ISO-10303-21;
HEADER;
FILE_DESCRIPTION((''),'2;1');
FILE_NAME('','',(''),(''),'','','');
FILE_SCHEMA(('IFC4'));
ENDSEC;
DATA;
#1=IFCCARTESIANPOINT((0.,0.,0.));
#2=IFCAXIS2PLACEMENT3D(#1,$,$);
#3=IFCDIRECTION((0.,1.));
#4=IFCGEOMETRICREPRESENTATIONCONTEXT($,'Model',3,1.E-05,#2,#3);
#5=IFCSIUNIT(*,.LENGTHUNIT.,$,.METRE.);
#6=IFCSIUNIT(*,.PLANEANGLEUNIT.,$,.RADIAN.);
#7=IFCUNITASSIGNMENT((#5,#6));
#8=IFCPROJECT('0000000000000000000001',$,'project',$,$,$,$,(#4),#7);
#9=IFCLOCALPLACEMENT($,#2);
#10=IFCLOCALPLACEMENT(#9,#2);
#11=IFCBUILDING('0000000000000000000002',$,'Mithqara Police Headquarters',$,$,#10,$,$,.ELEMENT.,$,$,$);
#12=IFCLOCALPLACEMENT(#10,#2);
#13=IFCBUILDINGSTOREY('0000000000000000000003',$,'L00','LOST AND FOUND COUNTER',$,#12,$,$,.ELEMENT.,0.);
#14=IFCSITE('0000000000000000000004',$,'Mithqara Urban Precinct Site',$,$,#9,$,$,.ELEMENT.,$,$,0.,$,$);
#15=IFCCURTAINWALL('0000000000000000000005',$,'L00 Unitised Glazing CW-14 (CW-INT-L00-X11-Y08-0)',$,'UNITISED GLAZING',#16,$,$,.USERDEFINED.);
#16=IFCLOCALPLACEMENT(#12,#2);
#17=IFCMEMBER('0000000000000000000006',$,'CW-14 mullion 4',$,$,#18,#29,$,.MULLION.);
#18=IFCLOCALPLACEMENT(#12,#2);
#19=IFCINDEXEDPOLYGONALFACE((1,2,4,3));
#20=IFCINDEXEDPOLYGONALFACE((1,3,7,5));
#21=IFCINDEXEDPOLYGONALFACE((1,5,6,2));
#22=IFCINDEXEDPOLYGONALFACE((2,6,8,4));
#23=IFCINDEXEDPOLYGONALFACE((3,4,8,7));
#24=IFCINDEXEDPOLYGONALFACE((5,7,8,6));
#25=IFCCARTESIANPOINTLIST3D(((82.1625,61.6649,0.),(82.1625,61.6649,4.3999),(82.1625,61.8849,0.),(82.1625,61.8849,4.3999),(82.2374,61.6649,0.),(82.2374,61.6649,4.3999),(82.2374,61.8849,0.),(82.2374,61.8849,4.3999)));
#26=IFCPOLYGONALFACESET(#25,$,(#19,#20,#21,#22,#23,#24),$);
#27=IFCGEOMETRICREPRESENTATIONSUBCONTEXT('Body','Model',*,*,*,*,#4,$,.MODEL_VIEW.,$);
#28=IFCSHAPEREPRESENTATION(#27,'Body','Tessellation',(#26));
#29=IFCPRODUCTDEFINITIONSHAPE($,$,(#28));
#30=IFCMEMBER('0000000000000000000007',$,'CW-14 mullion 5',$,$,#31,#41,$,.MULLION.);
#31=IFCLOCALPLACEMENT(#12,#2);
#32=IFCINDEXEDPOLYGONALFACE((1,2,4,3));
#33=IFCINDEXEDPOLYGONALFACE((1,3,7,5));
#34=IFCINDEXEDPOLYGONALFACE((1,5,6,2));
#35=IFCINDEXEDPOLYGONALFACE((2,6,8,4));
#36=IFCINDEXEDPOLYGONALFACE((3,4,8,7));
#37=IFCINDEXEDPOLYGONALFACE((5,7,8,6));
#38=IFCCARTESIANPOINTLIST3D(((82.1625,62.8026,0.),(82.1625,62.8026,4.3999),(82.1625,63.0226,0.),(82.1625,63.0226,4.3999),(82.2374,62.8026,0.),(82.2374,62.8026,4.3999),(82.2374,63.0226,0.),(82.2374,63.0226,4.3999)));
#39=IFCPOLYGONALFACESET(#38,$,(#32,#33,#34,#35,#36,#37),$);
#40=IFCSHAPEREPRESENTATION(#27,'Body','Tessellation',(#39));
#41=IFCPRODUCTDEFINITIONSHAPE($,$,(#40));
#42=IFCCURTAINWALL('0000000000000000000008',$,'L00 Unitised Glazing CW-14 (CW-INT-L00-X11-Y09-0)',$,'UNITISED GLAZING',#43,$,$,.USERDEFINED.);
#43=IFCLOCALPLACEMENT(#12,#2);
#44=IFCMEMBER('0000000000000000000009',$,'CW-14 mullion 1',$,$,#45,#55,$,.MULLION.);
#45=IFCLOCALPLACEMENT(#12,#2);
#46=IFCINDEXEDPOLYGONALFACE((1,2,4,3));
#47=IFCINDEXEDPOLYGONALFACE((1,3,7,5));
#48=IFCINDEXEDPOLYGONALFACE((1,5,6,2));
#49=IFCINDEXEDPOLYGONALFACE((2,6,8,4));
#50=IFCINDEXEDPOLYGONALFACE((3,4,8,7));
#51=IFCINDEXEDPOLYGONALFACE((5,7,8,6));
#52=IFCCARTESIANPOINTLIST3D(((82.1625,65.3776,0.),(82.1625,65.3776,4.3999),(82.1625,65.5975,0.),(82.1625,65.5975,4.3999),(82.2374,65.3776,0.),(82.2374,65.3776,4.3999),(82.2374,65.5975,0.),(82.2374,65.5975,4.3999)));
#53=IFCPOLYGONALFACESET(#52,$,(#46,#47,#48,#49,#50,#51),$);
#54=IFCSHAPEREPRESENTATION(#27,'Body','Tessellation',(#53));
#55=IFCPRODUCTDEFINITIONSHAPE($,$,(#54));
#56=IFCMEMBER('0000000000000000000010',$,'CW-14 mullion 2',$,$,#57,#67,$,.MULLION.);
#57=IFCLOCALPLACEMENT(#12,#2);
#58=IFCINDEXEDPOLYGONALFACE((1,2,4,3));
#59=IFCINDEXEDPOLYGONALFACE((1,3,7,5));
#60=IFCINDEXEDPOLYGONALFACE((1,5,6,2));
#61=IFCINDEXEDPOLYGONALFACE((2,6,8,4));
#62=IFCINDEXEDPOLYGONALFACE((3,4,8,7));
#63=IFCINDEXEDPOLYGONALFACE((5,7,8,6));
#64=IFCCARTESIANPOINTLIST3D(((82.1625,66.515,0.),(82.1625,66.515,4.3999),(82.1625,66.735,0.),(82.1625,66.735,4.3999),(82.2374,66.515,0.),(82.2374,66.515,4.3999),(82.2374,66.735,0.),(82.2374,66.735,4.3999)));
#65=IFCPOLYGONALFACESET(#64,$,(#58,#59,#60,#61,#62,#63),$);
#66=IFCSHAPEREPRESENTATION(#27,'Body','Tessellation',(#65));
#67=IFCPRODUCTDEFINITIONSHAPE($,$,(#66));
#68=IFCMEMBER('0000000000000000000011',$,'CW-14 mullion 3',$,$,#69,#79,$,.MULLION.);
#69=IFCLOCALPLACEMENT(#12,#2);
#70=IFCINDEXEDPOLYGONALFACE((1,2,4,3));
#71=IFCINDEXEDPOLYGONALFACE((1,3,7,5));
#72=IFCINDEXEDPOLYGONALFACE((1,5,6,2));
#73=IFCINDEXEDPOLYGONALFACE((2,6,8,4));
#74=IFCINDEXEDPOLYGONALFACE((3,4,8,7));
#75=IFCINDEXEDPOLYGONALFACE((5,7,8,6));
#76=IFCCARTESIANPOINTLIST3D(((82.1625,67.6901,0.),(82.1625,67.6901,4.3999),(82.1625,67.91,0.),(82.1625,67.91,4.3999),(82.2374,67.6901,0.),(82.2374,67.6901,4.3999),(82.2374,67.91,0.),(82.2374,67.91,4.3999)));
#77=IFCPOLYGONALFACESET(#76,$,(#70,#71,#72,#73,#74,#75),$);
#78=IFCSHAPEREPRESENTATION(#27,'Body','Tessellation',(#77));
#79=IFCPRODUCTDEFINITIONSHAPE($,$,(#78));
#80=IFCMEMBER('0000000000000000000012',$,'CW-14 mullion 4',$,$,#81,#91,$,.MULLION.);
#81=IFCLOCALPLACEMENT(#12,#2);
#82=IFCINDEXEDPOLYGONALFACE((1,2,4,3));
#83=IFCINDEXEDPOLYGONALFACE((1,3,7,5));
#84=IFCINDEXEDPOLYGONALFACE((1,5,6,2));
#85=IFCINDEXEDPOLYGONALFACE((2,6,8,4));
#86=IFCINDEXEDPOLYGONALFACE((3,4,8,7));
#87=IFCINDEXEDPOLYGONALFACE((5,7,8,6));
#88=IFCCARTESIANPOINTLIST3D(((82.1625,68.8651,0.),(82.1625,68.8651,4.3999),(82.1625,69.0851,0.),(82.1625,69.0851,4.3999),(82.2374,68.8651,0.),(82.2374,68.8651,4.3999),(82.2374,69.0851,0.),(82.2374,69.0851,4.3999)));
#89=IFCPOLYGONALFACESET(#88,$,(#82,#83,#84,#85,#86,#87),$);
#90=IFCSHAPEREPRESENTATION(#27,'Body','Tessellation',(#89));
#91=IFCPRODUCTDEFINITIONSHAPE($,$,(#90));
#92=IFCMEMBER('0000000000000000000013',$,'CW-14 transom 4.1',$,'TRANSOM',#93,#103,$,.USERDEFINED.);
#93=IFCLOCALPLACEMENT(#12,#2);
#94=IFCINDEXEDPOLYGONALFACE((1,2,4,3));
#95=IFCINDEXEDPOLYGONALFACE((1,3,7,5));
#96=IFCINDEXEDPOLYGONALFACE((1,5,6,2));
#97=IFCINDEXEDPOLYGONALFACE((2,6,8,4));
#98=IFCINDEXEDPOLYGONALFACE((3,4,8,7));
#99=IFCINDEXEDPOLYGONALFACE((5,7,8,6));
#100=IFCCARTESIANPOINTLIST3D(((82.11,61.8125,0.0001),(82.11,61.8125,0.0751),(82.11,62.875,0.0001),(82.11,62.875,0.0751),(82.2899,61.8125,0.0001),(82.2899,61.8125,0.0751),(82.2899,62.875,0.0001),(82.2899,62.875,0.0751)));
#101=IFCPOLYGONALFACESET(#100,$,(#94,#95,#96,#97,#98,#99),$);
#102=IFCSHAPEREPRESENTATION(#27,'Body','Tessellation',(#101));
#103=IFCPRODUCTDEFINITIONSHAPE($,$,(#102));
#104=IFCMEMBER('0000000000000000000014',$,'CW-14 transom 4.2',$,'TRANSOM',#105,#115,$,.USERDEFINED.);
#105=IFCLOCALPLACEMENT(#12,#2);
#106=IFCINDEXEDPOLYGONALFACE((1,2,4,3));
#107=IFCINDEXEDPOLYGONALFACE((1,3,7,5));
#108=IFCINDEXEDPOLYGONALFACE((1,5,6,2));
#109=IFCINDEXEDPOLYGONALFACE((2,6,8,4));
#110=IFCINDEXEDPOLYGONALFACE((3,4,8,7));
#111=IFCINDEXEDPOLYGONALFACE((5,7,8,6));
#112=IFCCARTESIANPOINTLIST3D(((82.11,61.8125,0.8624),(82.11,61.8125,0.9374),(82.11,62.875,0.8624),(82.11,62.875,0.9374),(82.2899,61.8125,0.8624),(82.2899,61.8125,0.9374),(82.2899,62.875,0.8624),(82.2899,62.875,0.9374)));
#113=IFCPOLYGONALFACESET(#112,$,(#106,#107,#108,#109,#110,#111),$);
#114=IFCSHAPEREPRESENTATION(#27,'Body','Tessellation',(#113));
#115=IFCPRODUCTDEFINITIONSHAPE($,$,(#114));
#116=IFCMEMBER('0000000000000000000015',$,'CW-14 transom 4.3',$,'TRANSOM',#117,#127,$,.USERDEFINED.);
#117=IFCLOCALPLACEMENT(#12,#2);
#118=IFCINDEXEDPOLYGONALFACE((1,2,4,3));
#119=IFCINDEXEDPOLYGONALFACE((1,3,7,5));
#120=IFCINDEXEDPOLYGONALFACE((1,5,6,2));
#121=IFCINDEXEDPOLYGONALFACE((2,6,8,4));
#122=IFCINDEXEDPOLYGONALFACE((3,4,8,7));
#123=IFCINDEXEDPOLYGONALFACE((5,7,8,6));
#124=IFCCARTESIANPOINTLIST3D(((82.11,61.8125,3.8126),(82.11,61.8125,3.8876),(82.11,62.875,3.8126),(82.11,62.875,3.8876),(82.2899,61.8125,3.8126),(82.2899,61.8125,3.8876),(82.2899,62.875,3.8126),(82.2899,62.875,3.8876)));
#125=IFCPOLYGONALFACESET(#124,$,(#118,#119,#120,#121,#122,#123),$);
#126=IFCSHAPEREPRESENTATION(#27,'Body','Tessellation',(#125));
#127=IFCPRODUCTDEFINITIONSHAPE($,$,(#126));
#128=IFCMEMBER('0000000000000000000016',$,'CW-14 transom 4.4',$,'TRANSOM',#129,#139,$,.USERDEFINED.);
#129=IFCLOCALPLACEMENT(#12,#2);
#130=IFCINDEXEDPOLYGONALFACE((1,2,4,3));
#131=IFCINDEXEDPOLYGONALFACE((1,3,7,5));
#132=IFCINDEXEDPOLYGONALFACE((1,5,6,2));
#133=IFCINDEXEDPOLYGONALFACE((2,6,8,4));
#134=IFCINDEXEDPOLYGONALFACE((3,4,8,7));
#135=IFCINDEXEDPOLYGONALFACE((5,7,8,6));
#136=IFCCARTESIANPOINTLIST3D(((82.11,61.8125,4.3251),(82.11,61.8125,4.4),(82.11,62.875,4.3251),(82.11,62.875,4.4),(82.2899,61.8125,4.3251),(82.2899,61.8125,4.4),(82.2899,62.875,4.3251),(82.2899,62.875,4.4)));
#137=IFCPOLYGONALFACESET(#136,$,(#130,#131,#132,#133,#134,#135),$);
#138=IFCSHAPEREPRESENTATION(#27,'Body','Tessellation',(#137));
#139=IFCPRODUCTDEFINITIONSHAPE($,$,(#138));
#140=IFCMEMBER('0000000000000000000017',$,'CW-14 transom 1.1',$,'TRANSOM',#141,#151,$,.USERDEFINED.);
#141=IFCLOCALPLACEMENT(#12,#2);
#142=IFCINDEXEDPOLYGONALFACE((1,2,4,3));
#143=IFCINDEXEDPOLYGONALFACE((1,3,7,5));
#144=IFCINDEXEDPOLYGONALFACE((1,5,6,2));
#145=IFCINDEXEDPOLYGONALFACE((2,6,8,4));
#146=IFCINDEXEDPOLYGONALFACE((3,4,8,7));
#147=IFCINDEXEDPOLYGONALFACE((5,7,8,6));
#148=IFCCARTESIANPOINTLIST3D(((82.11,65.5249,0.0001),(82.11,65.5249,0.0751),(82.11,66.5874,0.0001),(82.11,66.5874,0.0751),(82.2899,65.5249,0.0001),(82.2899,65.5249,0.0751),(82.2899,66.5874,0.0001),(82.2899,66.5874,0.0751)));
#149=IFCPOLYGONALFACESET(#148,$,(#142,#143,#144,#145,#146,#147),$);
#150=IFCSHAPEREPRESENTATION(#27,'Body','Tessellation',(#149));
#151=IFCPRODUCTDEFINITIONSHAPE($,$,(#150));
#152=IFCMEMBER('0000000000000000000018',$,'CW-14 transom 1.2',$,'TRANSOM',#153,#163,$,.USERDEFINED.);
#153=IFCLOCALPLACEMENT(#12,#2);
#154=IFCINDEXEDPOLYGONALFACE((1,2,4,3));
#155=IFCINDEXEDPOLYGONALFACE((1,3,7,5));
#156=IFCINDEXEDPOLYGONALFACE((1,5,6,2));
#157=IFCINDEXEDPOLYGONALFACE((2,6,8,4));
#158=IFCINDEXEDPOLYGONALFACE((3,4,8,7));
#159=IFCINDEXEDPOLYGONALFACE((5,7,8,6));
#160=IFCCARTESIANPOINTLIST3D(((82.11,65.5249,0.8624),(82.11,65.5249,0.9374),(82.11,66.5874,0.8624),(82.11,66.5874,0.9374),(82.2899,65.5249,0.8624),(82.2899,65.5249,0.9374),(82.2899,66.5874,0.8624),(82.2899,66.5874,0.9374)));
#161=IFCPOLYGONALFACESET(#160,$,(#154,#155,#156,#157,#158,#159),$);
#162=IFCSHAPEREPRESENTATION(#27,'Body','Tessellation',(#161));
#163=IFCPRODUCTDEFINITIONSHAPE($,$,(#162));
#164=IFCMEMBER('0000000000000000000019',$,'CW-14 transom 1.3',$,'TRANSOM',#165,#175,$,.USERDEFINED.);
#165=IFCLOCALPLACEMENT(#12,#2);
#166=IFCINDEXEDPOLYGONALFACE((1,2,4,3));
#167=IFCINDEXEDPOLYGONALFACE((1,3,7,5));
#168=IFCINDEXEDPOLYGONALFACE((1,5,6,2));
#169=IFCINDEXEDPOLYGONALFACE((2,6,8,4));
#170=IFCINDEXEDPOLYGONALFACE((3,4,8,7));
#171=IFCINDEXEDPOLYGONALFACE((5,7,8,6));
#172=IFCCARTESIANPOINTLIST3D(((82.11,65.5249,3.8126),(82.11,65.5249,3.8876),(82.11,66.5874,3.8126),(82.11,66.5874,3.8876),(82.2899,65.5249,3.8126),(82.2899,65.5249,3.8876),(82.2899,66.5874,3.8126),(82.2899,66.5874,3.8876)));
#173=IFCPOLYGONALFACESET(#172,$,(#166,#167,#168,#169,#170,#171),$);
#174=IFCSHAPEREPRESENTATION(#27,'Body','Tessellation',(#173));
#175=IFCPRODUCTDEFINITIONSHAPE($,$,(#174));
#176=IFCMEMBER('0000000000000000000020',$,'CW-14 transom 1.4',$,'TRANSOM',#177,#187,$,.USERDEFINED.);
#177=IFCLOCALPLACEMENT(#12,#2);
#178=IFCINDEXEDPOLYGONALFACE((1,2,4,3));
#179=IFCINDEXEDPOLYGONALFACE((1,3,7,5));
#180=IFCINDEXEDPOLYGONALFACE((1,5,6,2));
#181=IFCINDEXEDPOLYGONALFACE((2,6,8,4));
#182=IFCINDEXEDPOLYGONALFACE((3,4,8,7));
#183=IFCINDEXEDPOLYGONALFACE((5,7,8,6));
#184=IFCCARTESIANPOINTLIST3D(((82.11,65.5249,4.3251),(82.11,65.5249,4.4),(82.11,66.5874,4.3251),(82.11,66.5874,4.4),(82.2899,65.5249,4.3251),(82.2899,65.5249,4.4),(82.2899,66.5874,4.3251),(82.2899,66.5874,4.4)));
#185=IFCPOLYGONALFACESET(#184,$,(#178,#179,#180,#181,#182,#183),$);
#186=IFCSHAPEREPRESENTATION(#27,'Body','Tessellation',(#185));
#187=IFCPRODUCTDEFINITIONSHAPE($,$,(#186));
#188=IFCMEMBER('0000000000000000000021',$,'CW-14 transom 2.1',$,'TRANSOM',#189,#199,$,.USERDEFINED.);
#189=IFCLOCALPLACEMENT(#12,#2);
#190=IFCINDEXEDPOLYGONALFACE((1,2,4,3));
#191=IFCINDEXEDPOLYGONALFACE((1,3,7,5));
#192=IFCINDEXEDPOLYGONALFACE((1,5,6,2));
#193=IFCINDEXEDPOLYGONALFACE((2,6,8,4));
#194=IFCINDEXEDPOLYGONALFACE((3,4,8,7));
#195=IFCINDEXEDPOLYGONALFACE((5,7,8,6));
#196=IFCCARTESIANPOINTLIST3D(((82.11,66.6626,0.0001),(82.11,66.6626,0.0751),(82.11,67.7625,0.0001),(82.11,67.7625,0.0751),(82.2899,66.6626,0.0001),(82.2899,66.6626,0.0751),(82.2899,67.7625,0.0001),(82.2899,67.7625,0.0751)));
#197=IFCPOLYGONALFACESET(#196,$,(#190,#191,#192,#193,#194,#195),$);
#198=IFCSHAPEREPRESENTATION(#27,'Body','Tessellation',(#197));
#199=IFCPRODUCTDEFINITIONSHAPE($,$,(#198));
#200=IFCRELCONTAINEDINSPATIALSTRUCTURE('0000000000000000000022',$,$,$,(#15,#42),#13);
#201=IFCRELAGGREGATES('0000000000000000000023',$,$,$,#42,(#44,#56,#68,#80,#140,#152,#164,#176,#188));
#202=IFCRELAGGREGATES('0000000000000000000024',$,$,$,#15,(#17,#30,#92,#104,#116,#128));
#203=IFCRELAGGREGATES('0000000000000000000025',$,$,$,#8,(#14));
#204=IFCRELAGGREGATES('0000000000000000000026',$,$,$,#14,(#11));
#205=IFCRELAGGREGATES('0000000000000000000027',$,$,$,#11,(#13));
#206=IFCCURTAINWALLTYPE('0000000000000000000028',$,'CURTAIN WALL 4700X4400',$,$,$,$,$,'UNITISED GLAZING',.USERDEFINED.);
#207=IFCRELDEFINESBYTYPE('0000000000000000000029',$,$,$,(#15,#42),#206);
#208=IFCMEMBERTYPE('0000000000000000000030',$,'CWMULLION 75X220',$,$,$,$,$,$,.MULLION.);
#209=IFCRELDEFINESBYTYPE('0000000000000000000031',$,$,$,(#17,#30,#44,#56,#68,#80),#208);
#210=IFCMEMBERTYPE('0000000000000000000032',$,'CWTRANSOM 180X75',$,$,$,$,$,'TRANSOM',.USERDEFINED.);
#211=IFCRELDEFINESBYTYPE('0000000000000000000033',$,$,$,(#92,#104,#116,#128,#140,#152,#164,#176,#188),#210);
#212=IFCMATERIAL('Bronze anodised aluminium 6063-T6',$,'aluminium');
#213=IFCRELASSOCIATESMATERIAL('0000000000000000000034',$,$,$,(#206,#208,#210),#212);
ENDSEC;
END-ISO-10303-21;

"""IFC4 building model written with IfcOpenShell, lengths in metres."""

from ifc_helpers import new_model, si_unit, direction, frame, origin, origin_2d, place, context, subcontext, project, spatial, rectangle, extrude, material, material_profile, profile_set, type_object, element, aggregate, save


model = new_model("IFC4")

# Units and contexts
model_context = context("Model", 3, precision=1e-05, world=origin(), true_north=direction((0.0, 1.0)))
body_context = subcontext(model_context, "Body", "Model", "MODEL_VIEW")
ifc_project = project(units=[si_unit("LENGTHUNIT", "METRE"), si_unit("PLANEANGLEUNIT", "RADIAN")], contexts=[model_context])

# Site, building, storey
site_placement = place(None, origin())
site = spatial("IfcSite", under=ifc_project, at=site_placement, Name="Mithqara Urban Precinct Site", CompositionType="ELEMENT", RefElevation=0.0)
building_placement = place(site_placement, origin())
building = spatial("IfcBuilding", under=site, at=building_placement, Name="Mithqara Police Headquarters", CompositionType="ELEMENT")
storey_placement = place(building_placement, origin())
storey = spatial("IfcBuildingStorey", under=building, at=storey_placement, Name="L00", Description="LOST AND FOUND COUNTER", CompositionType="ELEMENT", Elevation=0.0)

# Curtain walls, members
ifc_material_1 = material(Name="Bronze anodised aluminium 6063-T6", Category="aluminium")
curtain_wall_type = type_object("IfcCurtainWallType", Name="CURTAIN WALL 4700X4400", ElementType="UNITISED GLAZING", PredefinedType="USERDEFINED", material=ifc_material_1)
curtain_wall_1_placement = place(storey_placement, origin())
curtain_wall_1 = element("IfcCurtainWall", 1, at=curtain_wall_1_placement, inside=storey, type_object=curtain_wall_type, Name="L00 Unitised Glazing CW-14 (CW-INT-L00-X11-Y08-0)", ObjectType="UNITISED GLAZING", PredefinedType="USERDEFINED")
ifc_material_profile_1 = material_profile(ifc_material_1, rectangle(XDim=0.075, YDim=0.22, at=origin_2d()), Name="CWM 75x220")
ifc_profile_set_1 = profile_set([ifc_material_profile_1], Name="Bronze anodised aluminium 6063-T6")
member_type_1 = type_object("IfcMemberType", Name="CWMULLION 75X220", PredefinedType="MULLION", material=ifc_profile_set_1)
member_1_placement = place(storey_placement, frame((82.2, 61.7749, 0.0), z_axis=(0.0, 0.0, 1.0), x_axis=(-1.0, 0.0, 0.0)))
member_1 = element("IfcMember", 2, at=member_1_placement, type_object=member_type_1, Name="CW-14 mullion 4", PredefinedType="MULLION", context=body_context, shape_type="SweptSolid", body=[
    extrude(rectangle(XDim=0.075, YDim=0.22, at=origin_2d()), origin(), (0.0, 0.0, 1.0), 4.3999),
])
member_2_placement = place(storey_placement, frame((82.2, 62.9126, 0.0), z_axis=(0.0, 0.0, 1.0), x_axis=(-1.0, 0.0, 0.0)))
member_2 = element("IfcMember", 3, at=member_2_placement, type_object=member_type_1, Name="CW-14 mullion 5", PredefinedType="MULLION", context=body_context, shape_type="SweptSolid", body=[
    extrude(rectangle(XDim=0.075, YDim=0.22, at=origin_2d()), origin(), (0.0, 0.0, 1.0), 4.3999),
])
curtain_wall_2_placement = place(storey_placement, origin())
curtain_wall_2 = element("IfcCurtainWall", 4, at=curtain_wall_2_placement, inside=storey, type_object=curtain_wall_type, Name="L00 Unitised Glazing CW-14 (CW-INT-L00-X11-Y09-0)", ObjectType="UNITISED GLAZING", PredefinedType="USERDEFINED")
member_3_placement = place(storey_placement, frame((82.2, 65.4875, 0.0), z_axis=(0.0, 0.0, 1.0), x_axis=(-1.0, 0.0, 0.0)))
member_3 = element("IfcMember", 5, at=member_3_placement, type_object=member_type_1, Name="CW-14 mullion 1", PredefinedType="MULLION", context=body_context, shape_type="SweptSolid", body=[
    extrude(rectangle(XDim=0.075, YDim=0.22, at=origin_2d()), origin(), (0.0, 0.0, 1.0), 4.3999),
])
member_4_placement = place(storey_placement, frame((82.2, 66.625, 0.0), z_axis=(0.0, 0.0, 1.0), x_axis=(-1.0, 0.0, 0.0)))
member_4 = element("IfcMember", 6, at=member_4_placement, type_object=member_type_1, Name="CW-14 mullion 2", PredefinedType="MULLION", context=body_context, shape_type="SweptSolid", body=[
    extrude(rectangle(XDim=0.075, YDim=0.22, at=origin_2d()), origin(), (0.0, 0.0, 1.0), 4.3999),
])
member_5_placement = place(storey_placement, frame((82.2, 67.8, 0.0), z_axis=(0.0, 0.0, 1.0), x_axis=(-1.0, 0.0, 0.0)))
member_5 = element("IfcMember", 7, at=member_5_placement, type_object=member_type_1, Name="CW-14 mullion 3", PredefinedType="MULLION", context=body_context, shape_type="SweptSolid", body=[
    extrude(rectangle(XDim=0.075, YDim=0.22, at=origin_2d()), origin(), (0.0, 0.0, 1.0), 4.3999),
])
member_6_placement = place(storey_placement, frame((82.2, 68.9751, 0.0), z_axis=(0.0, 0.0, 1.0), x_axis=(-1.0, 0.0, 0.0)))
member_6 = element("IfcMember", 8, at=member_6_placement, type_object=member_type_1, Name="CW-14 mullion 4", PredefinedType="MULLION", context=body_context, shape_type="SweptSolid", body=[
    extrude(rectangle(XDim=0.075, YDim=0.22, at=origin_2d()), origin(), (0.0, 0.0, 1.0), 4.3999),
])

# Members
ifc_material_profile_2 = material_profile(ifc_material_1, rectangle(XDim=0.1799, YDim=0.075, at=origin_2d()), Name="CWT 180x75")
ifc_profile_set_2 = profile_set([ifc_material_profile_2], Name="Bronze anodised aluminium 6063-T6")
member_type_2 = type_object("IfcMemberType", Name="CWTRANSOM 180X75", ElementType="TRANSOM", PredefinedType="USERDEFINED", material=ifc_profile_set_2)
member_7_placement = place(storey_placement, frame((82.2, 61.8125, 0.0376), z_axis=(0.0, 1.0, 0.0), x_axis=(-1.0, 0.0, 0.0)))
member_7 = element("IfcMember", 9, at=member_7_placement, type_object=member_type_2, Name="CW-14 transom 4.1", ObjectType="TRANSOM", PredefinedType="USERDEFINED", context=body_context, shape_type="SweptSolid", body=[
    extrude(rectangle(XDim=0.1799, YDim=0.075, at=origin_2d()), origin(), (0.0, 0.0, 1.0), 1.0625),
])
member_8_placement = place(storey_placement, frame((82.2, 61.8125, 0.8999), z_axis=(0.0, 1.0, 0.0), x_axis=(-1.0, 0.0, 0.0)))
member_8 = element("IfcMember", 10, at=member_8_placement, type_object=member_type_2, Name="CW-14 transom 4.2", ObjectType="TRANSOM", PredefinedType="USERDEFINED", context=body_context, shape_type="SweptSolid", body=[
    extrude(rectangle(XDim=0.1799, YDim=0.075, at=origin_2d()), origin(), (0.0, 0.0, 1.0), 1.0625),
])
member_9_placement = place(storey_placement, frame((82.2, 61.8125, 3.8501), z_axis=(0.0, 1.0, 0.0), x_axis=(-1.0, 0.0, 0.0)))
member_9 = element("IfcMember", 11, at=member_9_placement, type_object=member_type_2, Name="CW-14 transom 4.3", ObjectType="TRANSOM", PredefinedType="USERDEFINED", context=body_context, shape_type="SweptSolid", body=[
    extrude(rectangle(XDim=0.1799, YDim=0.075, at=origin_2d()), origin(), (0.0, 0.0, 1.0), 1.0625),
])
member_10_placement = place(storey_placement, frame((82.2, 61.8125, 4.3625), z_axis=(0.0, 1.0, 0.0), x_axis=(-1.0, 0.0, 0.0)))
member_10 = element("IfcMember", 12, at=member_10_placement, type_object=member_type_2, Name="CW-14 transom 4.4", ObjectType="TRANSOM", PredefinedType="USERDEFINED", context=body_context, shape_type="SweptSolid", body=[
    extrude(rectangle(XDim=0.1799, YDim=0.075, at=origin_2d()), origin(), (0.0, 0.0, 1.0), 1.0625),
])
member_11_placement = place(storey_placement, frame((82.2, 65.5249, 0.0376), z_axis=(0.0, 1.0, 0.0), x_axis=(-1.0, 0.0, 0.0)))
member_11 = element("IfcMember", 13, at=member_11_placement, type_object=member_type_2, Name="CW-14 transom 1.1", ObjectType="TRANSOM", PredefinedType="USERDEFINED", context=body_context, shape_type="SweptSolid", body=[
    extrude(rectangle(XDim=0.1799, YDim=0.075, at=origin_2d()), origin(), (0.0, 0.0, 1.0), 1.0625),
])
member_12_placement = place(storey_placement, frame((82.2, 65.5249, 0.8999), z_axis=(0.0, 1.0, 0.0), x_axis=(-1.0, 0.0, 0.0)))
member_12 = element("IfcMember", 14, at=member_12_placement, type_object=member_type_2, Name="CW-14 transom 1.2", ObjectType="TRANSOM", PredefinedType="USERDEFINED", context=body_context, shape_type="SweptSolid", body=[
    extrude(rectangle(XDim=0.1799, YDim=0.075, at=origin_2d()), origin(), (0.0, 0.0, 1.0), 1.0625),
])
member_13_placement = place(storey_placement, frame((82.2, 65.5249, 3.8501), z_axis=(0.0, 1.0, 0.0), x_axis=(-1.0, 0.0, 0.0)))
member_13 = element("IfcMember", 15, at=member_13_placement, type_object=member_type_2, Name="CW-14 transom 1.3", ObjectType="TRANSOM", PredefinedType="USERDEFINED", context=body_context, shape_type="SweptSolid", body=[
    extrude(rectangle(XDim=0.1799, YDim=0.075, at=origin_2d()), origin(), (0.0, 0.0, 1.0), 1.0625),
])
member_14_placement = place(storey_placement, frame((82.2, 65.5249, 4.3625), z_axis=(0.0, 1.0, 0.0), x_axis=(-1.0, 0.0, 0.0)))
member_14 = element("IfcMember", 16, at=member_14_placement, type_object=member_type_2, Name="CW-14 transom 1.4", ObjectType="TRANSOM", PredefinedType="USERDEFINED", context=body_context, shape_type="SweptSolid", body=[
    extrude(rectangle(XDim=0.1799, YDim=0.075, at=origin_2d()), origin(), (0.0, 0.0, 1.0), 1.0625),
])
member_15_placement = place(storey_placement, frame((82.2, 66.6626, 0.0376), z_axis=(0.0, 1.0, 0.0), x_axis=(-1.0, 0.0, 0.0)))
member_15 = element("IfcMember", 17, at=member_15_placement, type_object=member_type_2, Name="CW-14 transom 2.1", ObjectType="TRANSOM", PredefinedType="USERDEFINED", context=body_context, shape_type="SweptSolid", body=[
    extrude(rectangle(XDim=0.1799, YDim=0.075, at=origin_2d()), origin(), (0.0, 0.0, 1.0), 1.0999),
])

aggregate(curtain_wall_2, [member_3, member_4, member_5, member_6, member_11, member_12, member_13, member_14, member_15])
aggregate(curtain_wall_1, [member_1, member_2, member_7, member_8, member_9, member_10])

save(model, "model.ifc")
